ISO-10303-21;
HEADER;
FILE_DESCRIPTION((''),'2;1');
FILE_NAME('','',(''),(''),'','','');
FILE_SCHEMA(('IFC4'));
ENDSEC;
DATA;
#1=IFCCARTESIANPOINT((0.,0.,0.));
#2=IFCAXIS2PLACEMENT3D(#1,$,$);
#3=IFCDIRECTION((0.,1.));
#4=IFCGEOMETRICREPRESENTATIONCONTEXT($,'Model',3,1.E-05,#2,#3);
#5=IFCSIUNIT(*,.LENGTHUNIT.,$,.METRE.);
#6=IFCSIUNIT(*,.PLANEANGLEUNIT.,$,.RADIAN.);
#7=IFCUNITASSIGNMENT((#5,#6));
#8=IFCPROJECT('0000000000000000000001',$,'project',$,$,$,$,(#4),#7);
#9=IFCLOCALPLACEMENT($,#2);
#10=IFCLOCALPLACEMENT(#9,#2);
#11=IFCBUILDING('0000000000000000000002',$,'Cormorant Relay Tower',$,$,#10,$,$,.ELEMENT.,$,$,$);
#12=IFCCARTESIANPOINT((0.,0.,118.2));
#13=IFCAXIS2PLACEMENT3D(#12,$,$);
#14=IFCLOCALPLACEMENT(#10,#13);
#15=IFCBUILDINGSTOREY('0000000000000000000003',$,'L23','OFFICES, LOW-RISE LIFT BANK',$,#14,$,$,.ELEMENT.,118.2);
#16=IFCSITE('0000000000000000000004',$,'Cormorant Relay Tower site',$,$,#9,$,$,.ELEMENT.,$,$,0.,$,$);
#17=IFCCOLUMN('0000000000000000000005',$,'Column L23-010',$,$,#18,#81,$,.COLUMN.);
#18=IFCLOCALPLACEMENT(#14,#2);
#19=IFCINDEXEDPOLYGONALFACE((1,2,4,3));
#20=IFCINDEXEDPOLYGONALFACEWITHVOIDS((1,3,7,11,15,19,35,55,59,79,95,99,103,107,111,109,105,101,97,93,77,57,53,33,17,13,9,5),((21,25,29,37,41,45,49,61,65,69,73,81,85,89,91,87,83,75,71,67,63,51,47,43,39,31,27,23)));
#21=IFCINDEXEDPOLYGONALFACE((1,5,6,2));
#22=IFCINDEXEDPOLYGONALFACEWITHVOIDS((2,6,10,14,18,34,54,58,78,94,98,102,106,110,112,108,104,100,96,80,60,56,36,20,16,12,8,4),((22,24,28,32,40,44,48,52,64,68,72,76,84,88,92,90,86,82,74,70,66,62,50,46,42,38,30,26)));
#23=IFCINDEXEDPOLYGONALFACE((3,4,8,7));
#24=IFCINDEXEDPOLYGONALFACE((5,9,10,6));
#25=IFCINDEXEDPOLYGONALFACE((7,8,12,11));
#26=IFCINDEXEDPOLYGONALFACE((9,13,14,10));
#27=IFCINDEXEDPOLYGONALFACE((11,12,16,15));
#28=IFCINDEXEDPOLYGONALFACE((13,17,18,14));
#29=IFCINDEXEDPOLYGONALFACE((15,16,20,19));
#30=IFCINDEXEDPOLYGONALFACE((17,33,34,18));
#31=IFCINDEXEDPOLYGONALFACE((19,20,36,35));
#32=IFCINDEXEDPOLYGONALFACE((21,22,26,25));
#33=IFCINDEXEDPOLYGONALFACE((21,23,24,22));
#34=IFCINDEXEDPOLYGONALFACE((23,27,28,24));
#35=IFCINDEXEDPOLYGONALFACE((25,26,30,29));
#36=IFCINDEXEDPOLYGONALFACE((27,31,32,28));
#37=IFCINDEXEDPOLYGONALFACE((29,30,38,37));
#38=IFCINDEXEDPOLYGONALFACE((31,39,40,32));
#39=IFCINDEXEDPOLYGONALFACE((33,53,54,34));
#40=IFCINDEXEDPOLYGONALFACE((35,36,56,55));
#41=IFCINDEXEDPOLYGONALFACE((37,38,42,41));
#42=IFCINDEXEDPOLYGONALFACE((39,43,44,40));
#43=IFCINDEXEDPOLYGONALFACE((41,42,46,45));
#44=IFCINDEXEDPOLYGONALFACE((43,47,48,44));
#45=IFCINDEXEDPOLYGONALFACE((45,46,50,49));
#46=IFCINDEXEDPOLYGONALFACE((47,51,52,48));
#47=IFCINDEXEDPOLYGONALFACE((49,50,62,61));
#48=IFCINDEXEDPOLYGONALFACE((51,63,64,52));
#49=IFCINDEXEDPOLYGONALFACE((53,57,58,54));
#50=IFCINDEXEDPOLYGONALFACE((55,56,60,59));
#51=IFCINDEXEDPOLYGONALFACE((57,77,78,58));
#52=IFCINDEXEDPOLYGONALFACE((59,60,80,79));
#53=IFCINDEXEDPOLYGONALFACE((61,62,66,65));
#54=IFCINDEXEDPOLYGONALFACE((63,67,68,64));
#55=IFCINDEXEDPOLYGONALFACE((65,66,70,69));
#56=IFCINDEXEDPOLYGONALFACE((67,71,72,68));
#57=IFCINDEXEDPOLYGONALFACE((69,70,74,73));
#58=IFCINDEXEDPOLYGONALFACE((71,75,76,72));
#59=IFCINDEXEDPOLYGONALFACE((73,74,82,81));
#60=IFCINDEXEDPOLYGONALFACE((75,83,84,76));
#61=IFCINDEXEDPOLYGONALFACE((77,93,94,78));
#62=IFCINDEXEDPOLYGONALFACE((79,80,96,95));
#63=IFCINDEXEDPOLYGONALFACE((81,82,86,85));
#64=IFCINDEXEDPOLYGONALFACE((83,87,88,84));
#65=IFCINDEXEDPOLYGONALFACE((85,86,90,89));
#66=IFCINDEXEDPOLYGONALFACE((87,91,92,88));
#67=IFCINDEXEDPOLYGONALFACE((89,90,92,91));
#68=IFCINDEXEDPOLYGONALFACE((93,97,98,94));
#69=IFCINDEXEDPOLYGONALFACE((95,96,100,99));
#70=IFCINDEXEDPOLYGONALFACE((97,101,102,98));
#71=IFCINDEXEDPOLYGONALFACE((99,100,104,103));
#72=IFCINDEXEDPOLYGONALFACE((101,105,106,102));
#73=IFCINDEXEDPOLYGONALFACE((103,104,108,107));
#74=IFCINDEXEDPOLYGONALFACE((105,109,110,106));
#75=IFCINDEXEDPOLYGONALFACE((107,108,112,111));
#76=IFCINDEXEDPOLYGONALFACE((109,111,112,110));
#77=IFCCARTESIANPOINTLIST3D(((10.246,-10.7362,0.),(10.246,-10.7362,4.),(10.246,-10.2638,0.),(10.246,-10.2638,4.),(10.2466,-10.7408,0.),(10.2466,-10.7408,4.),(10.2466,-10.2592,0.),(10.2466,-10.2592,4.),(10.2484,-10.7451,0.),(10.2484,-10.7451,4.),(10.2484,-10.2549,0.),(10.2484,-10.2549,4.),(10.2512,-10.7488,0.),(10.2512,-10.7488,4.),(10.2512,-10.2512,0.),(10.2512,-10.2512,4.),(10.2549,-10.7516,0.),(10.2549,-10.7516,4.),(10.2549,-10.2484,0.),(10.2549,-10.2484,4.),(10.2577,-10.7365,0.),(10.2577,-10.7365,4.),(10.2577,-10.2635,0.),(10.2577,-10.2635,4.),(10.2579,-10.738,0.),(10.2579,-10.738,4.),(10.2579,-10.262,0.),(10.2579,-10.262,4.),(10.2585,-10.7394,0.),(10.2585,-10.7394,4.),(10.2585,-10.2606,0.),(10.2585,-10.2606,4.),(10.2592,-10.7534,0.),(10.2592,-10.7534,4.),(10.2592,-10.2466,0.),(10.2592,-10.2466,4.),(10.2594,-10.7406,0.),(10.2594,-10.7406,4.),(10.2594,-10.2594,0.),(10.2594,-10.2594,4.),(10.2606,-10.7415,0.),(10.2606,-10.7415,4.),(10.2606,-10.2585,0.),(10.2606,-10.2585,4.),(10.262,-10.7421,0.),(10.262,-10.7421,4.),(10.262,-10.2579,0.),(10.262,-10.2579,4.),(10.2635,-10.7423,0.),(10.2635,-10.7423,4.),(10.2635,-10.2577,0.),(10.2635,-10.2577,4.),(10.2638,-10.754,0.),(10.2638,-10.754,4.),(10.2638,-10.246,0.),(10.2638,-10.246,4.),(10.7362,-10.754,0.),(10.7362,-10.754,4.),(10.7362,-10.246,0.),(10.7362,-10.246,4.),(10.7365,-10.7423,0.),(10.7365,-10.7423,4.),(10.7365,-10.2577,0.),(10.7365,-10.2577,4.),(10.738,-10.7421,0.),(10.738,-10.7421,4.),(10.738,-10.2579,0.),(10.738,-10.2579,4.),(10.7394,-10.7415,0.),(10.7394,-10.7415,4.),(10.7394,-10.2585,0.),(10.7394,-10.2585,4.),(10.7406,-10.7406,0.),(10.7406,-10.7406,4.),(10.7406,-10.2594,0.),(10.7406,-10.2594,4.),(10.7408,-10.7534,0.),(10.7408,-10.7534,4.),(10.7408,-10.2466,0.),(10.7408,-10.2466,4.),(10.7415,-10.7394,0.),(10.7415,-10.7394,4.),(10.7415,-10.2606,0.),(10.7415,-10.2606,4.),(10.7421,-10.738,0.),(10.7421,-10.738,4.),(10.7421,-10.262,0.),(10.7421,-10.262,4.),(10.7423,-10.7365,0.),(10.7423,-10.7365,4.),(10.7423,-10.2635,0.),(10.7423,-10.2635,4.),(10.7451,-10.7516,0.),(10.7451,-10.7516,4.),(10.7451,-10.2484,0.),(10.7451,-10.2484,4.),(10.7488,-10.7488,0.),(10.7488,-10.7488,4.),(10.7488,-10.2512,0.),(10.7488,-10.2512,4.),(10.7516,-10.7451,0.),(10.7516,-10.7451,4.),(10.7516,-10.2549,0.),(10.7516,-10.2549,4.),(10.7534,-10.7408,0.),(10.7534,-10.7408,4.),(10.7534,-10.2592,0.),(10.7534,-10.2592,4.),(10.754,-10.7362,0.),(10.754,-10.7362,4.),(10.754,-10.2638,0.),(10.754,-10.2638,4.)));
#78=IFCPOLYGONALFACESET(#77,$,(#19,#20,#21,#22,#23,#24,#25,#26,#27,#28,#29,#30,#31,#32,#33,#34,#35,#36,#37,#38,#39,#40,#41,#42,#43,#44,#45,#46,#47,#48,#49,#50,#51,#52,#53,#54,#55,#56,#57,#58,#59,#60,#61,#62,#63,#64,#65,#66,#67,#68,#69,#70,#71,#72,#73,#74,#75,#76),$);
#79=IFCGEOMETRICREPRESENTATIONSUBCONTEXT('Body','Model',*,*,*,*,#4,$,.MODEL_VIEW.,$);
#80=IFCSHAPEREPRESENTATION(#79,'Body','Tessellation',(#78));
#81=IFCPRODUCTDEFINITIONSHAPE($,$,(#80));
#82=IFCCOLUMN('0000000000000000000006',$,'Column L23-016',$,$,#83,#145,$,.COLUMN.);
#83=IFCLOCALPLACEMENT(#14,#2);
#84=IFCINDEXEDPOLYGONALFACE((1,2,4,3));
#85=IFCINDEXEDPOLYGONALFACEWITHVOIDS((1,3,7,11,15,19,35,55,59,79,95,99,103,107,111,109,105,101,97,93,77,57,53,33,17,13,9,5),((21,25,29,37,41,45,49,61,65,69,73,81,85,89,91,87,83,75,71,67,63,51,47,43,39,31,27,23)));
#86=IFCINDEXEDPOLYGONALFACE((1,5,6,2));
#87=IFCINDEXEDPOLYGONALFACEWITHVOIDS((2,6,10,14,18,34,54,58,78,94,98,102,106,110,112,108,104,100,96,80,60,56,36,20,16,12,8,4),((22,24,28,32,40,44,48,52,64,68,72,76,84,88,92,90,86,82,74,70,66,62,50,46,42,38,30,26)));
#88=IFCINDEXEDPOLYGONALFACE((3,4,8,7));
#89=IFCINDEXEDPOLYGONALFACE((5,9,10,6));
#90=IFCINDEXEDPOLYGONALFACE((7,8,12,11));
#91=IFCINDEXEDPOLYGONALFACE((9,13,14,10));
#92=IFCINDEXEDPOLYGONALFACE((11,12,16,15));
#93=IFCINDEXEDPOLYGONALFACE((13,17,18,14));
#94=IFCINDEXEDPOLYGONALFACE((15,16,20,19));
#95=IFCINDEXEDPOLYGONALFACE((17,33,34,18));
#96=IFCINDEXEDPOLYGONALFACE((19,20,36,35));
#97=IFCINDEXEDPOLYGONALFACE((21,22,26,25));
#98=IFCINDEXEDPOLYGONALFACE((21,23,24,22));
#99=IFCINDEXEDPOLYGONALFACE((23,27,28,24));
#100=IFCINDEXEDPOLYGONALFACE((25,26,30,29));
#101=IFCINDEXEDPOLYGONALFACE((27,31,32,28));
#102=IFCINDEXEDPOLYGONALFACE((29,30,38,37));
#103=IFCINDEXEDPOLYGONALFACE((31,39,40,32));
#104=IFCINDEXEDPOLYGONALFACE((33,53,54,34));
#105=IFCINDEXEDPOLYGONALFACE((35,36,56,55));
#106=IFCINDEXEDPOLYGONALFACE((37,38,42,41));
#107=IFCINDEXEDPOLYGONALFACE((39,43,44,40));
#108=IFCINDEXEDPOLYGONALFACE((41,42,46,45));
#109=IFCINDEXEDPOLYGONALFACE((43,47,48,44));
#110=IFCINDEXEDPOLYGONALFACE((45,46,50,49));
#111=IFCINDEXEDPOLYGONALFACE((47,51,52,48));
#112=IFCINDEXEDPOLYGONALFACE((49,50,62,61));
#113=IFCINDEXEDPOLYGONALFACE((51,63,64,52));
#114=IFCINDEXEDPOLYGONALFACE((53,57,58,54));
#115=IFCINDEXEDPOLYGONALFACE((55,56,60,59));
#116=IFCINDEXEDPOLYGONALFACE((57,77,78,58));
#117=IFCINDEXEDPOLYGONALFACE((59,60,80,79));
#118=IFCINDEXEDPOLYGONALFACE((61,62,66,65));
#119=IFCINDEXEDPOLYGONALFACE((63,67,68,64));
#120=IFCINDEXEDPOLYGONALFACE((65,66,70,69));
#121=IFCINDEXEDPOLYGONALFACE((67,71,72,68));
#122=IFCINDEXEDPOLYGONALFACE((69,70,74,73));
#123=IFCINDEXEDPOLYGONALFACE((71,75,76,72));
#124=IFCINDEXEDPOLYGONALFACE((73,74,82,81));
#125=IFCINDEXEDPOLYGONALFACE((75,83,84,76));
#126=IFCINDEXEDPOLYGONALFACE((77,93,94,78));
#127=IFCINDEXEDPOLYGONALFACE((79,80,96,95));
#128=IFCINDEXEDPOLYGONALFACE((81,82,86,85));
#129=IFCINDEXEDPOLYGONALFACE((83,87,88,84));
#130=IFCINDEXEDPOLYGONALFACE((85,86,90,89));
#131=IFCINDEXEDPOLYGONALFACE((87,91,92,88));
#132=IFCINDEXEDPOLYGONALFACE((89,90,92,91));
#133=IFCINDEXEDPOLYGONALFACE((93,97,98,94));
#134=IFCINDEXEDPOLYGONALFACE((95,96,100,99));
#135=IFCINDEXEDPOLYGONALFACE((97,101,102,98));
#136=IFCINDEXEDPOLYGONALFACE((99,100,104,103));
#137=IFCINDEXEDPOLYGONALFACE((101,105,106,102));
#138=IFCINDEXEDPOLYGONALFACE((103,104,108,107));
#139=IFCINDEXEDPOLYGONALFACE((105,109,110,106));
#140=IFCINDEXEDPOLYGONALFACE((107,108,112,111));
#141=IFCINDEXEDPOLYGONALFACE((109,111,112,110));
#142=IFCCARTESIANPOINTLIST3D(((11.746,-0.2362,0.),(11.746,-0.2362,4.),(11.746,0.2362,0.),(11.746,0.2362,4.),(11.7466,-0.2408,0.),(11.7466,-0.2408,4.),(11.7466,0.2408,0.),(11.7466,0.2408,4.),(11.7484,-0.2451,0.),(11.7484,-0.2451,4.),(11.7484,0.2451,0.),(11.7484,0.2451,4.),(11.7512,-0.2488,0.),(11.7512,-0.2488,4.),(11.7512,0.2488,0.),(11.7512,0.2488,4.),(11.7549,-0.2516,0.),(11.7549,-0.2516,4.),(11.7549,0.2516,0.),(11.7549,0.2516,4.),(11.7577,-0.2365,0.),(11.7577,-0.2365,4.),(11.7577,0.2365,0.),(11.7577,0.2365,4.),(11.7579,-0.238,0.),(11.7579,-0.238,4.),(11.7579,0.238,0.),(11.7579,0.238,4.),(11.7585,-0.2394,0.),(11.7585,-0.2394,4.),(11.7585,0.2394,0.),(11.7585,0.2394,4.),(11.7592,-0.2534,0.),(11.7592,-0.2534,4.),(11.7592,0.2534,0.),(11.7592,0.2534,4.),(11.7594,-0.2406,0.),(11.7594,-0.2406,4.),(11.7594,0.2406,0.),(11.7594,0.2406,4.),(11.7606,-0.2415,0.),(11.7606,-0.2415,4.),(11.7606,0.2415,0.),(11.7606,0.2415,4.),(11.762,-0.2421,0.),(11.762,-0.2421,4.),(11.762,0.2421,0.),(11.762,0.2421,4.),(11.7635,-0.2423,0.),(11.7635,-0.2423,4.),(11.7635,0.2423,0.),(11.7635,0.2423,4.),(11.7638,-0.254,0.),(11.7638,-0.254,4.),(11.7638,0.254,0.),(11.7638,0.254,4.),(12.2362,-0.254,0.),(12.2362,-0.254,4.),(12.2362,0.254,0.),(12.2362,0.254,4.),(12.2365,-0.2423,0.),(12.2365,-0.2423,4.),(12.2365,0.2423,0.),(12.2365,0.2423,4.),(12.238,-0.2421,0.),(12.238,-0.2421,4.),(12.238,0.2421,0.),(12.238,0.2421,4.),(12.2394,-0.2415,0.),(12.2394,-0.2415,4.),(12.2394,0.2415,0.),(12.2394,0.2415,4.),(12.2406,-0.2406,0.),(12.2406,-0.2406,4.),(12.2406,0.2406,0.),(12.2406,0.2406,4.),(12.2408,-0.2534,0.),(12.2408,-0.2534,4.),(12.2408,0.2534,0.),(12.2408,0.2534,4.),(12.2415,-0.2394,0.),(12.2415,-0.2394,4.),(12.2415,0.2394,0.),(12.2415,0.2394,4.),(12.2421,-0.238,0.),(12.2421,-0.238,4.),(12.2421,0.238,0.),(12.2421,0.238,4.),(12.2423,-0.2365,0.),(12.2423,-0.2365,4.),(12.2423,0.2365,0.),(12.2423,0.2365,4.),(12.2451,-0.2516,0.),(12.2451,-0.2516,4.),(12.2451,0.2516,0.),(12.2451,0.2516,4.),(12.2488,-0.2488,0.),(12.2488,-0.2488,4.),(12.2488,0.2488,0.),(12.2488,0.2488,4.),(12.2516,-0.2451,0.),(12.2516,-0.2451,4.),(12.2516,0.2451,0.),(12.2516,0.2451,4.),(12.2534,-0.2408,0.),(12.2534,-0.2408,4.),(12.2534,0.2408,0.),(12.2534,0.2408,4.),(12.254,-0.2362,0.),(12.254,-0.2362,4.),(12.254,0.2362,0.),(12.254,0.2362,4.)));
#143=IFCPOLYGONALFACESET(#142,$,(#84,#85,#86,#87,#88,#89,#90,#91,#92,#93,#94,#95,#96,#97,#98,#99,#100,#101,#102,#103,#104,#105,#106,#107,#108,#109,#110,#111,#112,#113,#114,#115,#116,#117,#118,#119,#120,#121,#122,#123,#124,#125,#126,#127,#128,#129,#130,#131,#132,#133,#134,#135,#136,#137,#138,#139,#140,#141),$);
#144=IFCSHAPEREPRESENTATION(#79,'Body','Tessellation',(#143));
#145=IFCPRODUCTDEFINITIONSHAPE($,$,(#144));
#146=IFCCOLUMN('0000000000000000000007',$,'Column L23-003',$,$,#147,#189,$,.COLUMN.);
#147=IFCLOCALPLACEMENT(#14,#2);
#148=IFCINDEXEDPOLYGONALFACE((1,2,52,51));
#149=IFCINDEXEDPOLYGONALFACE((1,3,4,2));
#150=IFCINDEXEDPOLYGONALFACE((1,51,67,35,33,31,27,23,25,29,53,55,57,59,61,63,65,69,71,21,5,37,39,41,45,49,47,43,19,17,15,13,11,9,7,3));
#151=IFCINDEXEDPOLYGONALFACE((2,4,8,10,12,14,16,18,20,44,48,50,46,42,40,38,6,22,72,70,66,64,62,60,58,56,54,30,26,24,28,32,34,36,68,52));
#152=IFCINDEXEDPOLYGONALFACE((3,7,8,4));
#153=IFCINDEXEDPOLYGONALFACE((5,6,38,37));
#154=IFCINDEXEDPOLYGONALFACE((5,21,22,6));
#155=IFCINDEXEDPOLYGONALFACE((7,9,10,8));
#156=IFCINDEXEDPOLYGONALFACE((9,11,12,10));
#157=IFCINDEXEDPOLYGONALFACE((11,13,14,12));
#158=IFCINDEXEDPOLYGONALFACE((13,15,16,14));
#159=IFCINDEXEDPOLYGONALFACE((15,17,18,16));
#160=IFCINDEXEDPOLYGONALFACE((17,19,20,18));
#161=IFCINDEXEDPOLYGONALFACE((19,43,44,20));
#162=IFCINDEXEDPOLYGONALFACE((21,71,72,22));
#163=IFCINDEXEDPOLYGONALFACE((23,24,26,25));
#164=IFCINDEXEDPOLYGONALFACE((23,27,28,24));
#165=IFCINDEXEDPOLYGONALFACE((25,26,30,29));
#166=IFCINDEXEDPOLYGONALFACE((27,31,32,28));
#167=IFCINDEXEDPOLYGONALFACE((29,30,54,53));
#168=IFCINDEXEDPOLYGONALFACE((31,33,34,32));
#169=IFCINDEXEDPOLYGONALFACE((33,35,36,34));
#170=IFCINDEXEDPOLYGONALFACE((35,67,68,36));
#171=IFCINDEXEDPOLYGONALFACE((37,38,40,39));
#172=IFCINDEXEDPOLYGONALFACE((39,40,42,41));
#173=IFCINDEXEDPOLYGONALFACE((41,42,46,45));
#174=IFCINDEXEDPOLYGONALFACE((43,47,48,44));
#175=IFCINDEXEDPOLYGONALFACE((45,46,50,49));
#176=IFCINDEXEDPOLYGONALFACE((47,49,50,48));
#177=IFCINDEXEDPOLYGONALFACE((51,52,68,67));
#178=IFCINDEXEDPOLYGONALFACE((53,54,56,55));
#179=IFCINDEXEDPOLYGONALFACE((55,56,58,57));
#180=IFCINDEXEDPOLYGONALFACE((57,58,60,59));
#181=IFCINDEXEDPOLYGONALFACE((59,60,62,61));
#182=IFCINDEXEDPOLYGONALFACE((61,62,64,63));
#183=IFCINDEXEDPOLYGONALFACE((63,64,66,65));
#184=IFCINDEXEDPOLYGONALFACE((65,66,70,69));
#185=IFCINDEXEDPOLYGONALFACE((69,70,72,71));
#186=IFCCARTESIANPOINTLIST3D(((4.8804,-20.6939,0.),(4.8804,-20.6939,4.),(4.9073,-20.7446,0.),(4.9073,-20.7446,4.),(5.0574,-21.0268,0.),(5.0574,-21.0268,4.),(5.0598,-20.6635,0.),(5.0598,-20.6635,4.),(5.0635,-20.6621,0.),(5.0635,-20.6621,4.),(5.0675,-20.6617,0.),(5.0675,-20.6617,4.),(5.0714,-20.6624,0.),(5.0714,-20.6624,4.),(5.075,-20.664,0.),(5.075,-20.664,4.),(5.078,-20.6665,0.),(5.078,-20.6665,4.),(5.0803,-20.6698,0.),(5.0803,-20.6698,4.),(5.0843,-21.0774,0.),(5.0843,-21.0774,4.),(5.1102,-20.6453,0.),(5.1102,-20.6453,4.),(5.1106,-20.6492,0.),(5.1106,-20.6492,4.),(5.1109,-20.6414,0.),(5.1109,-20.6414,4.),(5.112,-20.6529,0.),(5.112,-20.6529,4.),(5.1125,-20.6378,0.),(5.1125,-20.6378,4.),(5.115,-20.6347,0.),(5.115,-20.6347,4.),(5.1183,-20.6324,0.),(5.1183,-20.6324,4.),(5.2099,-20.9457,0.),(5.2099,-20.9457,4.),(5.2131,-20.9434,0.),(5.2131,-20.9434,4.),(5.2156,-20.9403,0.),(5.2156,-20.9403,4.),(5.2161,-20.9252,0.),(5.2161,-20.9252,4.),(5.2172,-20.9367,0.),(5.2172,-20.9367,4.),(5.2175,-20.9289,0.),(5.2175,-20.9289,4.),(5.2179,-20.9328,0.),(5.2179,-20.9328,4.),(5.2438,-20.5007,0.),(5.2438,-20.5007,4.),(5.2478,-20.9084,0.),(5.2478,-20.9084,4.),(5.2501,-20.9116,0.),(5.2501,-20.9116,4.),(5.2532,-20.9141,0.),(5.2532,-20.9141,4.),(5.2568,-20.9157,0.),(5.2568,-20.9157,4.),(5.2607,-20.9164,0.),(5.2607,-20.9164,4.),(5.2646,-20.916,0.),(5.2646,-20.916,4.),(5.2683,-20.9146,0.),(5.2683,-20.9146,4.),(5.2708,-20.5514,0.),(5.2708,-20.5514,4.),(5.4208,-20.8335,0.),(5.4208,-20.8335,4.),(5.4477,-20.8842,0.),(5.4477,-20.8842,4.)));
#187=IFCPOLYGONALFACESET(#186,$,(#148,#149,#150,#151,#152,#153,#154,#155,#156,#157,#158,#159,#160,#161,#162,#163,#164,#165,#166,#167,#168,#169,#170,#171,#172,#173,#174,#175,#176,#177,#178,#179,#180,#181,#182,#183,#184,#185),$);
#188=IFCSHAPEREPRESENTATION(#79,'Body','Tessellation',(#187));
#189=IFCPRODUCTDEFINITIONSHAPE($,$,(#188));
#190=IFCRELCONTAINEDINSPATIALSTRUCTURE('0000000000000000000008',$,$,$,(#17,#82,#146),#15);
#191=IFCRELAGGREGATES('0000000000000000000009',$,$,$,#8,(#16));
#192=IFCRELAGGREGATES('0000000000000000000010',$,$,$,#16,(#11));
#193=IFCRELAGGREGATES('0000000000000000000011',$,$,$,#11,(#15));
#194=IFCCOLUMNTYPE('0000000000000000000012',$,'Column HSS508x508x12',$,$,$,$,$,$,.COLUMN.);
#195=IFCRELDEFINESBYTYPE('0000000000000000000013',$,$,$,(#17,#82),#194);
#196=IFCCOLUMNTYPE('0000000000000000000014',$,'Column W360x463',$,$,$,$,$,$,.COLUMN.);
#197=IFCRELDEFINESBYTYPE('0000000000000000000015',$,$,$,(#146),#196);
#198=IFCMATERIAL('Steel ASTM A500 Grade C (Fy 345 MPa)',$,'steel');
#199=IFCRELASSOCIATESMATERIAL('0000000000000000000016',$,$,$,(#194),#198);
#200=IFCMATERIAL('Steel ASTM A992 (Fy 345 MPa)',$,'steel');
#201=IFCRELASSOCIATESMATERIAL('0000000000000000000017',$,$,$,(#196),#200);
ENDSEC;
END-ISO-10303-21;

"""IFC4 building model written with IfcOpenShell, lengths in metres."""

from ifc_helpers import new_model, si_unit, direction, frame, origin, origin_2d, place, context, subcontext, project, spatial, hollow_rectangle, i_section, extrude, material, material_profile, profile_set, type_object, element, save


model = new_model("IFC4")

# Units and contexts
model_context = context("Model", 3, precision=1e-05, world=origin(), true_north=direction((0.0, 1.0)))
body_context = subcontext(model_context, "Body", "Model", "MODEL_VIEW")
ifc_project = project(units=[si_unit("LENGTHUNIT", "METRE"), si_unit("PLANEANGLEUNIT", "RADIAN")], contexts=[model_context])

# Site, building, storey
site_placement = place(None, origin())
site = spatial("IfcSite", under=ifc_project, at=site_placement, Name="Cormorant Relay Tower site", CompositionType="ELEMENT", RefElevation=0.0)
building_placement = place(site_placement, origin())
building = spatial("IfcBuilding", under=site, at=building_placement, Name="Cormorant Relay Tower", CompositionType="ELEMENT")
storey_placement = place(building_placement, frame((0.0, 0.0, 118.2)))
storey = spatial("IfcBuildingStorey", under=building, at=storey_placement, Name="L23", Description="OFFICES, LOW-RISE LIFT BANK", CompositionType="ELEMENT", Elevation=118.2)

# Columns
ifc_material_1 = material(Name="Steel ASTM A500 Grade C (Fy 345 MPa)", Category="steel")
ifc_material_profile_1 = material_profile(ifc_material_1, hollow_rectangle(XDim=0.5081, YDim=0.5081, WallThickness=0.0117, InnerFilletRadius=0.0059, OuterFilletRadius=0.0178, at=origin_2d()), Name="HSS508x508x12")
ifc_profile_set_1 = profile_set([ifc_material_profile_1], Name="Steel ASTM A500 Grade C (Fy 345 MPa)")
column_type_1 = type_object("IfcColumnType", Name="Column HSS508x508x12", PredefinedType="COLUMN", material=ifc_profile_set_1)
for number, where, z_axis, x_axis, name in (
    (1, (10.5, -10.5, 0.0), (0.0, 0.0, 1.0), (1.0, 0.0, 0.0), "Column L23-010"),
    (2, (12.0, 0.0, 0.0), (0.0, 0.0, 1.0), (1.0, 0.0, 0.0), "Column L23-016"),
):
    element("IfcColumn", number, at=place(storey_placement, frame(where, z_axis=z_axis, x_axis=x_axis)), inside=storey, type_object=column_type_1, Name=name, PredefinedType="COLUMN", context=body_context, shape_type="SweptSolid", body=[
        extrude(hollow_rectangle(XDim=0.5081, YDim=0.5081, WallThickness=0.0117, InnerFilletRadius=0.0059, OuterFilletRadius=0.0178, at=origin_2d()), origin(), (0.0, 0.0, 1.0), 4.0),
    ])
ifc_material_2 = material(Name="Steel ASTM A992 (Fy 345 MPa)", Category="steel")
ifc_material_profile_2 = material_profile(ifc_material_2, i_section(OverallWidth=0.4116, OverallDepth=0.4343, WebThickness=0.0359, FlangeThickness=0.0574, FilletRadius=0.0151, at=origin_2d()), Name="W360x463")
ifc_profile_set_2 = profile_set([ifc_material_profile_2], Name="Steel ASTM A992 (Fy 345 MPa)")
column_type_2 = type_object("IfcColumnType", Name="Column W360x463", PredefinedType="COLUMN", material=ifc_profile_set_2)
for number, where, z_axis, x_axis, name in (
    (3, (5.1641, -20.7891, 0.0), (0.0, 0.0, 1.0), (0.882948, 0.469472, 0.0), "Column L23-003"),
):
    element("IfcColumn", number, at=place(storey_placement, frame(where, z_axis=z_axis, x_axis=x_axis)), inside=storey, type_object=column_type_2, Name=name, PredefinedType="COLUMN", context=body_context, shape_type="SweptSolid", body=[
        extrude(i_section(OverallWidth=0.4116, OverallDepth=0.4343, WebThickness=0.0359, FlangeThickness=0.0574, FilletRadius=0.0151, at=origin_2d()), origin(), (0.0, 0.0, 1.0), 4.0),
    ])

save(model, "model.ifc")
